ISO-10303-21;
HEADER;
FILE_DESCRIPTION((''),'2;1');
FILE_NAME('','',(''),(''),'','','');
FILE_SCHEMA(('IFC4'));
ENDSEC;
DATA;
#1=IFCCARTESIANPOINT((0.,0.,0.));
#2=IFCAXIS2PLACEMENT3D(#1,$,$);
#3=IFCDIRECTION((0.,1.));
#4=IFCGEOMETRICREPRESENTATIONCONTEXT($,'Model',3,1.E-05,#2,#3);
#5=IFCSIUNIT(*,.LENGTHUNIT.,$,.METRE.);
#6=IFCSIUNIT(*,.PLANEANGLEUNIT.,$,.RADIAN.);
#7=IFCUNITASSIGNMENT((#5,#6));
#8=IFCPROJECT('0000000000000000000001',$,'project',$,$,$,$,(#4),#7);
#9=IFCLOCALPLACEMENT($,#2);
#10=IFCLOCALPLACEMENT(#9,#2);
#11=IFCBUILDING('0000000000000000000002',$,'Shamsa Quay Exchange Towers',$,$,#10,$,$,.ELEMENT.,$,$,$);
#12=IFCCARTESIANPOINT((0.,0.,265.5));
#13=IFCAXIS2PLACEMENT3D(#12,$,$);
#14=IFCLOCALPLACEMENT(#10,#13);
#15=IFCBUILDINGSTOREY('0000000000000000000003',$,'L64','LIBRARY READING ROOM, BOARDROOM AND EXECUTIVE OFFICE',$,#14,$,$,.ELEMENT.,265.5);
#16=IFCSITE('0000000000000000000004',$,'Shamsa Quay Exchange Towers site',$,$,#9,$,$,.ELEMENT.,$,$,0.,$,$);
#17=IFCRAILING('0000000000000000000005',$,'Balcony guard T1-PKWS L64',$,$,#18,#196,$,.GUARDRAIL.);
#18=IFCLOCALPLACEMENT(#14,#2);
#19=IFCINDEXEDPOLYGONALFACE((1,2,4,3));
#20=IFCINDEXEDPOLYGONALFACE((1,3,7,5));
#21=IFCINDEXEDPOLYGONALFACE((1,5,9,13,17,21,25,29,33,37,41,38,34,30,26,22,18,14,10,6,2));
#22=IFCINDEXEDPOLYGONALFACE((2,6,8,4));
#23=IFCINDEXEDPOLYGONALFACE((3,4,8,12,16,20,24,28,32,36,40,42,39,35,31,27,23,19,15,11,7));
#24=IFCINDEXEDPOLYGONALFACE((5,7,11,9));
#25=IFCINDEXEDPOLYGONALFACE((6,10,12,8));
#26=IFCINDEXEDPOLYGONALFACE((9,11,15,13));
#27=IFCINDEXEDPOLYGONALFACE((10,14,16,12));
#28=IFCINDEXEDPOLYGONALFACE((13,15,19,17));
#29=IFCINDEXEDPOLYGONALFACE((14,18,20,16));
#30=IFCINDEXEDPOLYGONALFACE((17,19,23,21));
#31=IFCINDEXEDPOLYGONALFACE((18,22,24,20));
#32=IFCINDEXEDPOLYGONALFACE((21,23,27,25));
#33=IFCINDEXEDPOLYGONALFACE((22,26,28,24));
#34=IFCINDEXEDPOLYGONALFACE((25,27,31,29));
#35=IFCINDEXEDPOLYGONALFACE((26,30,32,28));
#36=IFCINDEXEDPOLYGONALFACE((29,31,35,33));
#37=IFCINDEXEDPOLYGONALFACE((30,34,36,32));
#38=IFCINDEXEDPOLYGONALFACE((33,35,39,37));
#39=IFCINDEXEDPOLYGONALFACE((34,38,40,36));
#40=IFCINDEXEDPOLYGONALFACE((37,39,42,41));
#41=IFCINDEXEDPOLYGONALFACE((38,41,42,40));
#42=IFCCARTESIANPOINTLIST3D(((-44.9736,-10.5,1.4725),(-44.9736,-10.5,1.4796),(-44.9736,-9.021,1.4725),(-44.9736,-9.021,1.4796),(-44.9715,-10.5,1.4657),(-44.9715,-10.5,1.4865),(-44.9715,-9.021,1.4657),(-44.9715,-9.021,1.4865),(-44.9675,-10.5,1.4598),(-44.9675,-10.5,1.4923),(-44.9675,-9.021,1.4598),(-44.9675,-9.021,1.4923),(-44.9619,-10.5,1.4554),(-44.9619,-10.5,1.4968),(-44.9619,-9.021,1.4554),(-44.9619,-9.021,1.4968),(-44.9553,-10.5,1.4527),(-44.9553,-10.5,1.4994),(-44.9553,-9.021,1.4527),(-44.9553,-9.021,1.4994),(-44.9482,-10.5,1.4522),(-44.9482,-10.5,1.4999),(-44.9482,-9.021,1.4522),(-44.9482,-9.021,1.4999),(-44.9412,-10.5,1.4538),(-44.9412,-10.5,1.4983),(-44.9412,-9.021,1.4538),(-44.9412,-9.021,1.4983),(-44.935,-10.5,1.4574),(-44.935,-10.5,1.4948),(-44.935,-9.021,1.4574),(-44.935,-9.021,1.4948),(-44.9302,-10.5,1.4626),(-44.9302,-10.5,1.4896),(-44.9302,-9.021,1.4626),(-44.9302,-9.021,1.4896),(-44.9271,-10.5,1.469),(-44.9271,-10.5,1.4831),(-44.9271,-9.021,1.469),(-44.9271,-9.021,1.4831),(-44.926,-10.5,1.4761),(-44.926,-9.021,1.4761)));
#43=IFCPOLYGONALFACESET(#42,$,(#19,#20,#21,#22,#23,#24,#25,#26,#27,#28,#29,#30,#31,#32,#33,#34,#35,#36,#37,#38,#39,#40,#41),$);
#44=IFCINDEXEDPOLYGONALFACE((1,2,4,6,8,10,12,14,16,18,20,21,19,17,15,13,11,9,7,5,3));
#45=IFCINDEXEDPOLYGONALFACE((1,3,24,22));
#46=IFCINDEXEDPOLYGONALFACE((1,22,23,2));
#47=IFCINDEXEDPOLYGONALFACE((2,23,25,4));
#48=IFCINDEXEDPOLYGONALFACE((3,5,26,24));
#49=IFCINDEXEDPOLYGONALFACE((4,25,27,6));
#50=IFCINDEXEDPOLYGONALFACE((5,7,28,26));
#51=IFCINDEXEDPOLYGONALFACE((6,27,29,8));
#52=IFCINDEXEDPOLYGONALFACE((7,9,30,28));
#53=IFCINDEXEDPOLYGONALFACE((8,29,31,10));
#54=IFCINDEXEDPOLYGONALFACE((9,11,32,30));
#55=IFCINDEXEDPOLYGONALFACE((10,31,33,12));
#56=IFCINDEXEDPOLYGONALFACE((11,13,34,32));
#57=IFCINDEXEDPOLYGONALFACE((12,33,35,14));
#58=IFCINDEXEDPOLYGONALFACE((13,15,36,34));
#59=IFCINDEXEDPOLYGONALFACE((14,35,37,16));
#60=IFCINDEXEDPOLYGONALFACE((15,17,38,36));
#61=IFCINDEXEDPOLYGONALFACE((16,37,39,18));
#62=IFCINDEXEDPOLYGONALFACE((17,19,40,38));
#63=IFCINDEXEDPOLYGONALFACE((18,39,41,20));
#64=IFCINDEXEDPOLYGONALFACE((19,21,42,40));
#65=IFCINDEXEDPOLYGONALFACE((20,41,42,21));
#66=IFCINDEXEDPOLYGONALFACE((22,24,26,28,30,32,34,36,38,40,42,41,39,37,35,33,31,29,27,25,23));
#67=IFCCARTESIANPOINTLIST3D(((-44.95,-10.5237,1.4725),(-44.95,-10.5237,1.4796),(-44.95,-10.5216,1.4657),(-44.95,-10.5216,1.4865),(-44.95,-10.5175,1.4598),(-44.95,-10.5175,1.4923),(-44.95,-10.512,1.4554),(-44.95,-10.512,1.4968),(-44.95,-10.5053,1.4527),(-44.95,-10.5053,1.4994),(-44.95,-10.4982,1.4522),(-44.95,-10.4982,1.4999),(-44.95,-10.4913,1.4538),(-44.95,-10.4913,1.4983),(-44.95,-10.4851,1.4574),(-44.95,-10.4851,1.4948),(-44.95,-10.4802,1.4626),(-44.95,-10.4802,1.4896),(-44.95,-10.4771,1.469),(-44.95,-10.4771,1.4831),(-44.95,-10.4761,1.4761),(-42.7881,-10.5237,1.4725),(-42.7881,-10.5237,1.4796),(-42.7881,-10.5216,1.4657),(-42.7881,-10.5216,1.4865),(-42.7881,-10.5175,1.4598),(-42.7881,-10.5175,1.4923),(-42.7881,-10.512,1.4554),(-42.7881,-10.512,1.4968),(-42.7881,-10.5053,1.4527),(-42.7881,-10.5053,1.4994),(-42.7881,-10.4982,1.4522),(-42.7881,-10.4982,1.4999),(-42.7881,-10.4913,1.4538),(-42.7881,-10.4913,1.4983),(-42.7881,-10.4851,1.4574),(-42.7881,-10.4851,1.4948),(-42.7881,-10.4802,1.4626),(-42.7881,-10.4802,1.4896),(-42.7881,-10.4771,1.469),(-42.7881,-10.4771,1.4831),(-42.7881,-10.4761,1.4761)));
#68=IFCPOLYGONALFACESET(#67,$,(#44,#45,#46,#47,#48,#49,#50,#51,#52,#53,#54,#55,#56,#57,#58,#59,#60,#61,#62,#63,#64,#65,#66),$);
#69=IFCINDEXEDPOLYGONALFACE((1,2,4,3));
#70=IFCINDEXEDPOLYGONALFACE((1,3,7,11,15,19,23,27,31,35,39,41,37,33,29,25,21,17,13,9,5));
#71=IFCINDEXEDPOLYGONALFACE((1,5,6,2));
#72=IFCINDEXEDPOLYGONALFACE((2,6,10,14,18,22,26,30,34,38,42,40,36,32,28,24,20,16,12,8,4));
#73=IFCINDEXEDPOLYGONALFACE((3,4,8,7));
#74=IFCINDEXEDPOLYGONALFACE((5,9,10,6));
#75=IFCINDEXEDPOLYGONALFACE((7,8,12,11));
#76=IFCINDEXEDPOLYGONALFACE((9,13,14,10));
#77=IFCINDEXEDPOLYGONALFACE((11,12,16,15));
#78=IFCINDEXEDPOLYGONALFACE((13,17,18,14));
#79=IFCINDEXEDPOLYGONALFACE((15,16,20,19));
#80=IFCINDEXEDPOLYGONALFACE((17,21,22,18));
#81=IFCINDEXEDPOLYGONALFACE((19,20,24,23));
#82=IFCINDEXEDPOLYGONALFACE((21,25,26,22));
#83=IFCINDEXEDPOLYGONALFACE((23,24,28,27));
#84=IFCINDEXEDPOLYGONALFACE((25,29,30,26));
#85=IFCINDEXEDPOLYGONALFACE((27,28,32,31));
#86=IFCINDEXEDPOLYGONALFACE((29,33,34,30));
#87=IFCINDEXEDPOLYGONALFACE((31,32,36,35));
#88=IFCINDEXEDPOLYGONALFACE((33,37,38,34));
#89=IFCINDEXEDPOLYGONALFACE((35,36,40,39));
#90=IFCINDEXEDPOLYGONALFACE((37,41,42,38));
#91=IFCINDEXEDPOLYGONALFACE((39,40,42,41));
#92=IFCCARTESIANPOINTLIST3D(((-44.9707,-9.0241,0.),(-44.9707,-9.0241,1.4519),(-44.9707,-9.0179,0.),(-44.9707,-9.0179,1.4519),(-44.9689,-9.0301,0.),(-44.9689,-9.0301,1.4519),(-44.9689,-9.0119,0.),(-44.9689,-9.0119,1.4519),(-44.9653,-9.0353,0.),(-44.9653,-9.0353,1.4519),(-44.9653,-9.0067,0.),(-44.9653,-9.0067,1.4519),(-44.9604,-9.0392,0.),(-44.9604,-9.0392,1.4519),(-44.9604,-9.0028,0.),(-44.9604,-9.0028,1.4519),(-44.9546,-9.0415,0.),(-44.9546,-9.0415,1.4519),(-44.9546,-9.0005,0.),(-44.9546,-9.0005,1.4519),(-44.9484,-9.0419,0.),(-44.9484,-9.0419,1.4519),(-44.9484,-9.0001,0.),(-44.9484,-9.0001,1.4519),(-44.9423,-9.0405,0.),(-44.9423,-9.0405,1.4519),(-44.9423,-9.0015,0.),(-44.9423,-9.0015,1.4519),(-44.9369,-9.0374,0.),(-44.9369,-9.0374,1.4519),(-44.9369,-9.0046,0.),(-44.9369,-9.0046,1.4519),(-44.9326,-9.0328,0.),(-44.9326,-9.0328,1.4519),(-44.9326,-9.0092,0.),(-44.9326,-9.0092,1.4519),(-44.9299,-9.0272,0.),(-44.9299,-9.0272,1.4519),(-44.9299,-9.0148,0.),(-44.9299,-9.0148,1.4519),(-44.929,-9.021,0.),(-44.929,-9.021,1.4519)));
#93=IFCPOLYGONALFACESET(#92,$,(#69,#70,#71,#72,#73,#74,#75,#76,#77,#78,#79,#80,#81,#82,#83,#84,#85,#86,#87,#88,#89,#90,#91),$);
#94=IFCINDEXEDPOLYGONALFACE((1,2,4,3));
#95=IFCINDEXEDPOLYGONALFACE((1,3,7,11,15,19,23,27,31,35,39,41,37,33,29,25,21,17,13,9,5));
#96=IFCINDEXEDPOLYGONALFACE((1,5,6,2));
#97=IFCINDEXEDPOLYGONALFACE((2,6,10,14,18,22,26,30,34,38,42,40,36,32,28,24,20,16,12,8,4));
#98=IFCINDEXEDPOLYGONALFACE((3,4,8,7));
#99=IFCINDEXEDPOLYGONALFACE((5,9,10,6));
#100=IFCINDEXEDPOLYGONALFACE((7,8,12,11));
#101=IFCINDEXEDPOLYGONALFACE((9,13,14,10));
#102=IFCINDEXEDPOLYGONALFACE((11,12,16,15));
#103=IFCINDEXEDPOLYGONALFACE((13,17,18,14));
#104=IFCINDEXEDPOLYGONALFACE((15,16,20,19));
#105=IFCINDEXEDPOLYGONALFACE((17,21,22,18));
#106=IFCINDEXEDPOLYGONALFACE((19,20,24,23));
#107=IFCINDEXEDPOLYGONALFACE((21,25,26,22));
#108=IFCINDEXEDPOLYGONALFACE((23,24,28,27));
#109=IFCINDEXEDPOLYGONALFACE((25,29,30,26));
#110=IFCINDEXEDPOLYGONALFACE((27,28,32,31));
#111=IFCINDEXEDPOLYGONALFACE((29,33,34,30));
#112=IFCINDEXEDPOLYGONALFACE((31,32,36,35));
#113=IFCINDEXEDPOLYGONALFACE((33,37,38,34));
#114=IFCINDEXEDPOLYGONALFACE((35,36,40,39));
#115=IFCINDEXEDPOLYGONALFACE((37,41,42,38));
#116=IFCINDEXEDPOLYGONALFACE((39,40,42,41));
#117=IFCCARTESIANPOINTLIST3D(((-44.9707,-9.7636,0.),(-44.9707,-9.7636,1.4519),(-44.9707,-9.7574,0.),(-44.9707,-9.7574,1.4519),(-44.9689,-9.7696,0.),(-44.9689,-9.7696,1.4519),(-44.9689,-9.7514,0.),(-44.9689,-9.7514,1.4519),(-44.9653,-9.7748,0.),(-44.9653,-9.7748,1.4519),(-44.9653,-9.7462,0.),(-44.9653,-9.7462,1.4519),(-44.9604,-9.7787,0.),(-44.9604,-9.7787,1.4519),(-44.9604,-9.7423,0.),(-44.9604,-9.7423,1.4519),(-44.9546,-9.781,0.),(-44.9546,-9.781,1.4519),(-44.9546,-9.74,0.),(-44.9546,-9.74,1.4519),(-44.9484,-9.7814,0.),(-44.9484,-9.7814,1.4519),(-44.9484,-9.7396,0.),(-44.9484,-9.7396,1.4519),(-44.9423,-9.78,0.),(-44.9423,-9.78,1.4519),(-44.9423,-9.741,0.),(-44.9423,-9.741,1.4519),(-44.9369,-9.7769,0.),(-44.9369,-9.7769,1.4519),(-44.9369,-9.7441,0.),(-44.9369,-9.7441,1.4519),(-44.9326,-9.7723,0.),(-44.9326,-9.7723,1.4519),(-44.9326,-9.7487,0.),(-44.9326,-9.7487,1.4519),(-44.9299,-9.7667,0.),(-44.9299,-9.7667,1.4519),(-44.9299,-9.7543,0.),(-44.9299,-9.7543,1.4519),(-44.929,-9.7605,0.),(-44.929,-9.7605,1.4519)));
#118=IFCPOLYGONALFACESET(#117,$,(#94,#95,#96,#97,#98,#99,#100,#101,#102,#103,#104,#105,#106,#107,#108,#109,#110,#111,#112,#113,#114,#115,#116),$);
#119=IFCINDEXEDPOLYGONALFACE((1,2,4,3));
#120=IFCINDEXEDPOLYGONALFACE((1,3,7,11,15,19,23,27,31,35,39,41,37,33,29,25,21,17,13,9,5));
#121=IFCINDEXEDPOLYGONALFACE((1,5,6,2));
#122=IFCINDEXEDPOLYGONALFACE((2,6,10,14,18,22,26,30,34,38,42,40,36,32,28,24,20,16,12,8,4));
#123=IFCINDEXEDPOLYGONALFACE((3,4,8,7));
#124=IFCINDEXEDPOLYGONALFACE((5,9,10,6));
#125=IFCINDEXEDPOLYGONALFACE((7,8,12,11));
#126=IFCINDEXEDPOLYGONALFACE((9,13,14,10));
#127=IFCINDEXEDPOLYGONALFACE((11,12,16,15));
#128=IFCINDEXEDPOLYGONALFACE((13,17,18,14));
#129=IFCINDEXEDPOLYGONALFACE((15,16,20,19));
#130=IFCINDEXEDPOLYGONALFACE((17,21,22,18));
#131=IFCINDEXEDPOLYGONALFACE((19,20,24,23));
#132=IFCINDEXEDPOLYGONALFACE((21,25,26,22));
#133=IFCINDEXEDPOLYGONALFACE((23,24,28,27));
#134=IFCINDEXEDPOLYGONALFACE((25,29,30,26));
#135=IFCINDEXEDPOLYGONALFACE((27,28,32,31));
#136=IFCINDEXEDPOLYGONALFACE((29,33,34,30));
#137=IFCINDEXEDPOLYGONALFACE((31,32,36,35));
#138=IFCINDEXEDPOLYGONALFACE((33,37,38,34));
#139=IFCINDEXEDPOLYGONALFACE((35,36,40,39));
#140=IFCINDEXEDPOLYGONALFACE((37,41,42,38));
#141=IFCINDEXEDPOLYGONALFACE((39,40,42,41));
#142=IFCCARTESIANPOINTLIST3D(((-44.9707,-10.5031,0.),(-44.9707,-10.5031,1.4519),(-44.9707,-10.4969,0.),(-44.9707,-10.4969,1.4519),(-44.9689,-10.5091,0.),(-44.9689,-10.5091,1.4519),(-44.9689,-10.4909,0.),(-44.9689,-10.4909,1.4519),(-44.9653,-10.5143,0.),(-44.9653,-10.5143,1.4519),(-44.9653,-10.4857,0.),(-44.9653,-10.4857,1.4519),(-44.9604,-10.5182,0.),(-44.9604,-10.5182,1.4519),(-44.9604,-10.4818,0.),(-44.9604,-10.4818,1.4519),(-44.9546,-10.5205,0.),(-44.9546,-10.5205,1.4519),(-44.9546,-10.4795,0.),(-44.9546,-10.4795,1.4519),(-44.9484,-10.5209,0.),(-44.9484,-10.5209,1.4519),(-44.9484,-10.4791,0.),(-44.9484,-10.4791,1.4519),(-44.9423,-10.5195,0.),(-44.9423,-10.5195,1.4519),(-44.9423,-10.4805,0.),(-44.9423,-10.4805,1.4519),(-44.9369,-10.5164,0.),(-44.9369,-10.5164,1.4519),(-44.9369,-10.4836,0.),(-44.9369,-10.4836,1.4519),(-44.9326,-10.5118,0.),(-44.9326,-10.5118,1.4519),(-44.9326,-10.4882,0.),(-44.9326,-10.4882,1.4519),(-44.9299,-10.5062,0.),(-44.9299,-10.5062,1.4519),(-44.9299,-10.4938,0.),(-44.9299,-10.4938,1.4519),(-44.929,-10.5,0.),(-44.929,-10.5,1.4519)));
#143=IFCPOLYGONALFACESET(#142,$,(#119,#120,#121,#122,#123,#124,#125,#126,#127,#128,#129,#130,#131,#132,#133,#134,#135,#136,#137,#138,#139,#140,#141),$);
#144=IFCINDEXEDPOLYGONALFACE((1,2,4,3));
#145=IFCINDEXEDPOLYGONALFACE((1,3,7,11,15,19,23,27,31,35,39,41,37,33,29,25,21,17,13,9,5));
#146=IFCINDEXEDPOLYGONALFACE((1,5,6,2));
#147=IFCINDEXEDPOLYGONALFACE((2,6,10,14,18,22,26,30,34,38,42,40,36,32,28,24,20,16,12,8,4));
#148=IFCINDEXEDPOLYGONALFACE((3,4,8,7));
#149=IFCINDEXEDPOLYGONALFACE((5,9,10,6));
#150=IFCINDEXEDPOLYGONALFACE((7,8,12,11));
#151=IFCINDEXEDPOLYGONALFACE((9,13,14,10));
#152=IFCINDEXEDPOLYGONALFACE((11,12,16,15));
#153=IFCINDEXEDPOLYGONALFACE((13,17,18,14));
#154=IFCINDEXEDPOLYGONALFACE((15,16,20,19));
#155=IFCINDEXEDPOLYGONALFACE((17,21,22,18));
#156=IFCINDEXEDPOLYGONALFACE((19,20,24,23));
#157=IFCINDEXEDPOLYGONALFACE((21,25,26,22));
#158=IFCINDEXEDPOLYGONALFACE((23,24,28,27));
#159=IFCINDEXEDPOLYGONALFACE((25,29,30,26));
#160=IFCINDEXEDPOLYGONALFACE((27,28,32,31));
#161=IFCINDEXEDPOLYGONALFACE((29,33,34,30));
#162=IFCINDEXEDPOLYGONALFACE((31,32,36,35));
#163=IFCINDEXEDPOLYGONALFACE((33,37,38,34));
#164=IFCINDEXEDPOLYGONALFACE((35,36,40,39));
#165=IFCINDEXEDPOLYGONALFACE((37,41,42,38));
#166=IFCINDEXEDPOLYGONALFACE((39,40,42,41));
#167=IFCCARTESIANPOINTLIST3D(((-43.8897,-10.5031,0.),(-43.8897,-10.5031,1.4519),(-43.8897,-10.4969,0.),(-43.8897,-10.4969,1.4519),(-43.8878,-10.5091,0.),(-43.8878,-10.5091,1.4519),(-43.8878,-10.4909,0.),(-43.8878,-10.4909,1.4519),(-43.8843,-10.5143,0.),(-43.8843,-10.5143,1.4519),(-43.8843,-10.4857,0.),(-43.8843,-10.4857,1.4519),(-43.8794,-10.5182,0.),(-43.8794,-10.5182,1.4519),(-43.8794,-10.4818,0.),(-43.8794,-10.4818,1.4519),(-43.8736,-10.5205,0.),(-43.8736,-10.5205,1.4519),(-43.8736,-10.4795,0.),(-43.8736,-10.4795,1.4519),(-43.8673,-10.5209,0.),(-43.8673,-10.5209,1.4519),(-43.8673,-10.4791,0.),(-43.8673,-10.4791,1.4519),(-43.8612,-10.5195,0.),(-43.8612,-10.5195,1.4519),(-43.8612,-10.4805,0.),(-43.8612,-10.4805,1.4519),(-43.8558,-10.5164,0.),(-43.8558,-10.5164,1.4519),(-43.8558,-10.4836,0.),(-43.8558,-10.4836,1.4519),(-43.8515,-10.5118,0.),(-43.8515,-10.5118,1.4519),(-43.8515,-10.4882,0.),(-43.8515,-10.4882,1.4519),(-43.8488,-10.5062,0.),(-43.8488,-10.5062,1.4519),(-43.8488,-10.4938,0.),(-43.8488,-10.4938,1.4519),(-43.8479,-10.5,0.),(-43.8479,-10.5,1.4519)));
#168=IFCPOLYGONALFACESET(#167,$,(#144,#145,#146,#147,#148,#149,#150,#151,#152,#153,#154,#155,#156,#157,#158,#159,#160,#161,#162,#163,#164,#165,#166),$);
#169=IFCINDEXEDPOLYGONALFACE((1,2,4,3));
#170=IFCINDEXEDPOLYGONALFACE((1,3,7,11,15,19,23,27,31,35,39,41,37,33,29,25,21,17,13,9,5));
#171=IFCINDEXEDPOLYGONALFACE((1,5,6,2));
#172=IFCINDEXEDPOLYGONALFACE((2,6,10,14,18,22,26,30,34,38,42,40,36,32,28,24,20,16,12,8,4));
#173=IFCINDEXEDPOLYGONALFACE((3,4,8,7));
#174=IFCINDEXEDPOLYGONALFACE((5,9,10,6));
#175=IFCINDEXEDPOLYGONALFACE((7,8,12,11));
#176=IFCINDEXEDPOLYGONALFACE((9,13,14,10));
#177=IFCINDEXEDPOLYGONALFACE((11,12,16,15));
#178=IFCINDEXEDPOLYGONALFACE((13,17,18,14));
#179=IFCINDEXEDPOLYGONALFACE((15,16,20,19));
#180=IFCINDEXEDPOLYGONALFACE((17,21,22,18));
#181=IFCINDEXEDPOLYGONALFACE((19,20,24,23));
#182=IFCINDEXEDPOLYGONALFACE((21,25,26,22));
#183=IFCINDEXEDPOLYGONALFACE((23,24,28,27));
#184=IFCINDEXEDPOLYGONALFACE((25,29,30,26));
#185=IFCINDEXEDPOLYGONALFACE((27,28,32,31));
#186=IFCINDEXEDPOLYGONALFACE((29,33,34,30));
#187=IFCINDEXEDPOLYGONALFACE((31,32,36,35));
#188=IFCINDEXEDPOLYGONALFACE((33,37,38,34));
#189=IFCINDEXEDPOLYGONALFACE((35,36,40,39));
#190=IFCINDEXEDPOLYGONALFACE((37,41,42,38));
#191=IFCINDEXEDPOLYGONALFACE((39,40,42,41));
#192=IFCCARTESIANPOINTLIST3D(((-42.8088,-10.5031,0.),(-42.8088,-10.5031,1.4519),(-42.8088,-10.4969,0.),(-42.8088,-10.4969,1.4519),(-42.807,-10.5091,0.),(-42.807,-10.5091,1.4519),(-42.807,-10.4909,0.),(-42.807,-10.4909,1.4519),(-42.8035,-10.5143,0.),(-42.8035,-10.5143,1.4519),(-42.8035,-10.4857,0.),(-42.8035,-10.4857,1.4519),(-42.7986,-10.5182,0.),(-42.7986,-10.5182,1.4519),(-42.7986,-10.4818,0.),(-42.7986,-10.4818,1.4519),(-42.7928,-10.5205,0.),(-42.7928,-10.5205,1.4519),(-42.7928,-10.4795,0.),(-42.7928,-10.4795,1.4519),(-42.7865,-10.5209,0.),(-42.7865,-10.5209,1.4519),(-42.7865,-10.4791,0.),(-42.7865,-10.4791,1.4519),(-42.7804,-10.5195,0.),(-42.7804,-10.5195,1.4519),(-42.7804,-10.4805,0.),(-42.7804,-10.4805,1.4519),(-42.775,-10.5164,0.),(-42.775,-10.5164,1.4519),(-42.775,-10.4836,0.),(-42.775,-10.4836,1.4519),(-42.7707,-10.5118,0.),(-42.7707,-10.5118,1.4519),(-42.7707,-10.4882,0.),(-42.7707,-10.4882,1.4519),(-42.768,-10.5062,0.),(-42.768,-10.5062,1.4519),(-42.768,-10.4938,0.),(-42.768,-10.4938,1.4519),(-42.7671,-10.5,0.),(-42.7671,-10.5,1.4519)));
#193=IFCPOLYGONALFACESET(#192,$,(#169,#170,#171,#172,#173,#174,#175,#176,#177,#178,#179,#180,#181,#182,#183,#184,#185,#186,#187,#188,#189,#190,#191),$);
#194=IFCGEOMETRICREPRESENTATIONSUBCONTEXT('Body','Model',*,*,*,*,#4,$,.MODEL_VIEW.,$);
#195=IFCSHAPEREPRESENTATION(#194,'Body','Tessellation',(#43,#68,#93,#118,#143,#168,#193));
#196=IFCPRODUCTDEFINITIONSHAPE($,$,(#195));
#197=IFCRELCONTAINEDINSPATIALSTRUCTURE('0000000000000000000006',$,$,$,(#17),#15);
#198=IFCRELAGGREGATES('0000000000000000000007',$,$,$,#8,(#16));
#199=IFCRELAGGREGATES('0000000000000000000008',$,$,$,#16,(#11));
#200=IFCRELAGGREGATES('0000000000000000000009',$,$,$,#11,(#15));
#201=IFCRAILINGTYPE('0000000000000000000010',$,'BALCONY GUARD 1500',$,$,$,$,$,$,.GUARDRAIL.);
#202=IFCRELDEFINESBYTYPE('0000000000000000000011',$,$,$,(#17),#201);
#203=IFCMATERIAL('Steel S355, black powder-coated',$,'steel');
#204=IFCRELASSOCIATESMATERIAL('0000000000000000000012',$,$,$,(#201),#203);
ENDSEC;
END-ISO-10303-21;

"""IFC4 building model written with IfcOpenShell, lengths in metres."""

from ifc_helpers import new_model, si_unit, direction, frame, origin, origin_2d, place, context, subcontext, project, spatial, circle, extrude, material, type_object, element, save


model = new_model("IFC4")

# Units and contexts
model_context = context("Model", 3, precision=1e-05, world=origin(), true_north=direction((0.0, 1.0)))
body_context = subcontext(model_context, "Body", "Model", "MODEL_VIEW")
ifc_project = project(units=[si_unit("LENGTHUNIT", "METRE"), si_unit("PLANEANGLEUNIT", "RADIAN")], contexts=[model_context])

# Site, building, storey
site_placement = place(None, origin())
site = spatial("IfcSite", under=ifc_project, at=site_placement, Name="Shamsa Quay Exchange Towers site", CompositionType="ELEMENT", RefElevation=0.0)
building_placement = place(site_placement, origin())
building = spatial("IfcBuilding", under=site, at=building_placement, Name="Shamsa Quay Exchange Towers", CompositionType="ELEMENT")
storey_placement = place(building_placement, frame((0.0, 0.0, 265.5)))
storey = spatial("IfcBuildingStorey", under=building, at=storey_placement, Name="L64", Description="LIBRARY READING ROOM, BOARDROOM AND EXECUTIVE OFFICE", CompositionType="ELEMENT", Elevation=265.5)

# Railing
ifc_material_1 = material(Name="Steel S355, black powder-coated", Category="steel")
railing_type_1 = type_object("IfcRailingType", Name="BALCONY GUARD 1500", PredefinedType="GUARDRAIL", material=ifc_material_1)
for number, where, name in (
    (1, (-44.95, -9.021, 0.0), "Balcony guard T1-PKWS L64"),
):
    element("IfcRailing", number, at=place(storey_placement, frame(where)), inside=storey, type_object=railing_type_1, Name=name, PredefinedType="GUARDRAIL", context=body_context, shape_type="SweptSolid", body=[
        extrude(circle(Radius=0.0239, at=origin_2d()), frame((0.0, 0.0, 1.4761), z_axis=(0.0, -1.0, 0.0), x_axis=(1.0, 0.0, 0.0)), (0.0, 0.0, 1.0), 1.479),
        extrude(circle(Radius=0.0239, at=origin_2d()), frame((0.0, -1.479, 1.4761), z_axis=(1.0, 0.0, 0.0), x_axis=(0.0, 1.0, 0.0)), (0.0, 0.0, 1.0), 2.1619),
        extrude(circle(Radius=0.021, at=origin_2d()), origin(), (0.0, 0.0, 1.0), 1.4519),
        extrude(circle(Radius=0.021, at=origin_2d()), frame((0.0, -0.7395, 0.0)), (0.0, 0.0, 1.0), 1.4519),
        extrude(circle(Radius=0.021, at=origin_2d()), frame((0.0, -1.479, 0.0)), (0.0, 0.0, 1.0), 1.4519),
        extrude(circle(Radius=0.021, at=origin_2d()), frame((1.0811, -1.479, 0.0)), (0.0, 0.0, 1.0), 1.4519),
        extrude(circle(Radius=0.021, at=origin_2d()), frame((2.1619, -1.479, 0.0)), (0.0, 0.0, 1.0), 1.4519),
    ])

save(model, "model.ifc")
